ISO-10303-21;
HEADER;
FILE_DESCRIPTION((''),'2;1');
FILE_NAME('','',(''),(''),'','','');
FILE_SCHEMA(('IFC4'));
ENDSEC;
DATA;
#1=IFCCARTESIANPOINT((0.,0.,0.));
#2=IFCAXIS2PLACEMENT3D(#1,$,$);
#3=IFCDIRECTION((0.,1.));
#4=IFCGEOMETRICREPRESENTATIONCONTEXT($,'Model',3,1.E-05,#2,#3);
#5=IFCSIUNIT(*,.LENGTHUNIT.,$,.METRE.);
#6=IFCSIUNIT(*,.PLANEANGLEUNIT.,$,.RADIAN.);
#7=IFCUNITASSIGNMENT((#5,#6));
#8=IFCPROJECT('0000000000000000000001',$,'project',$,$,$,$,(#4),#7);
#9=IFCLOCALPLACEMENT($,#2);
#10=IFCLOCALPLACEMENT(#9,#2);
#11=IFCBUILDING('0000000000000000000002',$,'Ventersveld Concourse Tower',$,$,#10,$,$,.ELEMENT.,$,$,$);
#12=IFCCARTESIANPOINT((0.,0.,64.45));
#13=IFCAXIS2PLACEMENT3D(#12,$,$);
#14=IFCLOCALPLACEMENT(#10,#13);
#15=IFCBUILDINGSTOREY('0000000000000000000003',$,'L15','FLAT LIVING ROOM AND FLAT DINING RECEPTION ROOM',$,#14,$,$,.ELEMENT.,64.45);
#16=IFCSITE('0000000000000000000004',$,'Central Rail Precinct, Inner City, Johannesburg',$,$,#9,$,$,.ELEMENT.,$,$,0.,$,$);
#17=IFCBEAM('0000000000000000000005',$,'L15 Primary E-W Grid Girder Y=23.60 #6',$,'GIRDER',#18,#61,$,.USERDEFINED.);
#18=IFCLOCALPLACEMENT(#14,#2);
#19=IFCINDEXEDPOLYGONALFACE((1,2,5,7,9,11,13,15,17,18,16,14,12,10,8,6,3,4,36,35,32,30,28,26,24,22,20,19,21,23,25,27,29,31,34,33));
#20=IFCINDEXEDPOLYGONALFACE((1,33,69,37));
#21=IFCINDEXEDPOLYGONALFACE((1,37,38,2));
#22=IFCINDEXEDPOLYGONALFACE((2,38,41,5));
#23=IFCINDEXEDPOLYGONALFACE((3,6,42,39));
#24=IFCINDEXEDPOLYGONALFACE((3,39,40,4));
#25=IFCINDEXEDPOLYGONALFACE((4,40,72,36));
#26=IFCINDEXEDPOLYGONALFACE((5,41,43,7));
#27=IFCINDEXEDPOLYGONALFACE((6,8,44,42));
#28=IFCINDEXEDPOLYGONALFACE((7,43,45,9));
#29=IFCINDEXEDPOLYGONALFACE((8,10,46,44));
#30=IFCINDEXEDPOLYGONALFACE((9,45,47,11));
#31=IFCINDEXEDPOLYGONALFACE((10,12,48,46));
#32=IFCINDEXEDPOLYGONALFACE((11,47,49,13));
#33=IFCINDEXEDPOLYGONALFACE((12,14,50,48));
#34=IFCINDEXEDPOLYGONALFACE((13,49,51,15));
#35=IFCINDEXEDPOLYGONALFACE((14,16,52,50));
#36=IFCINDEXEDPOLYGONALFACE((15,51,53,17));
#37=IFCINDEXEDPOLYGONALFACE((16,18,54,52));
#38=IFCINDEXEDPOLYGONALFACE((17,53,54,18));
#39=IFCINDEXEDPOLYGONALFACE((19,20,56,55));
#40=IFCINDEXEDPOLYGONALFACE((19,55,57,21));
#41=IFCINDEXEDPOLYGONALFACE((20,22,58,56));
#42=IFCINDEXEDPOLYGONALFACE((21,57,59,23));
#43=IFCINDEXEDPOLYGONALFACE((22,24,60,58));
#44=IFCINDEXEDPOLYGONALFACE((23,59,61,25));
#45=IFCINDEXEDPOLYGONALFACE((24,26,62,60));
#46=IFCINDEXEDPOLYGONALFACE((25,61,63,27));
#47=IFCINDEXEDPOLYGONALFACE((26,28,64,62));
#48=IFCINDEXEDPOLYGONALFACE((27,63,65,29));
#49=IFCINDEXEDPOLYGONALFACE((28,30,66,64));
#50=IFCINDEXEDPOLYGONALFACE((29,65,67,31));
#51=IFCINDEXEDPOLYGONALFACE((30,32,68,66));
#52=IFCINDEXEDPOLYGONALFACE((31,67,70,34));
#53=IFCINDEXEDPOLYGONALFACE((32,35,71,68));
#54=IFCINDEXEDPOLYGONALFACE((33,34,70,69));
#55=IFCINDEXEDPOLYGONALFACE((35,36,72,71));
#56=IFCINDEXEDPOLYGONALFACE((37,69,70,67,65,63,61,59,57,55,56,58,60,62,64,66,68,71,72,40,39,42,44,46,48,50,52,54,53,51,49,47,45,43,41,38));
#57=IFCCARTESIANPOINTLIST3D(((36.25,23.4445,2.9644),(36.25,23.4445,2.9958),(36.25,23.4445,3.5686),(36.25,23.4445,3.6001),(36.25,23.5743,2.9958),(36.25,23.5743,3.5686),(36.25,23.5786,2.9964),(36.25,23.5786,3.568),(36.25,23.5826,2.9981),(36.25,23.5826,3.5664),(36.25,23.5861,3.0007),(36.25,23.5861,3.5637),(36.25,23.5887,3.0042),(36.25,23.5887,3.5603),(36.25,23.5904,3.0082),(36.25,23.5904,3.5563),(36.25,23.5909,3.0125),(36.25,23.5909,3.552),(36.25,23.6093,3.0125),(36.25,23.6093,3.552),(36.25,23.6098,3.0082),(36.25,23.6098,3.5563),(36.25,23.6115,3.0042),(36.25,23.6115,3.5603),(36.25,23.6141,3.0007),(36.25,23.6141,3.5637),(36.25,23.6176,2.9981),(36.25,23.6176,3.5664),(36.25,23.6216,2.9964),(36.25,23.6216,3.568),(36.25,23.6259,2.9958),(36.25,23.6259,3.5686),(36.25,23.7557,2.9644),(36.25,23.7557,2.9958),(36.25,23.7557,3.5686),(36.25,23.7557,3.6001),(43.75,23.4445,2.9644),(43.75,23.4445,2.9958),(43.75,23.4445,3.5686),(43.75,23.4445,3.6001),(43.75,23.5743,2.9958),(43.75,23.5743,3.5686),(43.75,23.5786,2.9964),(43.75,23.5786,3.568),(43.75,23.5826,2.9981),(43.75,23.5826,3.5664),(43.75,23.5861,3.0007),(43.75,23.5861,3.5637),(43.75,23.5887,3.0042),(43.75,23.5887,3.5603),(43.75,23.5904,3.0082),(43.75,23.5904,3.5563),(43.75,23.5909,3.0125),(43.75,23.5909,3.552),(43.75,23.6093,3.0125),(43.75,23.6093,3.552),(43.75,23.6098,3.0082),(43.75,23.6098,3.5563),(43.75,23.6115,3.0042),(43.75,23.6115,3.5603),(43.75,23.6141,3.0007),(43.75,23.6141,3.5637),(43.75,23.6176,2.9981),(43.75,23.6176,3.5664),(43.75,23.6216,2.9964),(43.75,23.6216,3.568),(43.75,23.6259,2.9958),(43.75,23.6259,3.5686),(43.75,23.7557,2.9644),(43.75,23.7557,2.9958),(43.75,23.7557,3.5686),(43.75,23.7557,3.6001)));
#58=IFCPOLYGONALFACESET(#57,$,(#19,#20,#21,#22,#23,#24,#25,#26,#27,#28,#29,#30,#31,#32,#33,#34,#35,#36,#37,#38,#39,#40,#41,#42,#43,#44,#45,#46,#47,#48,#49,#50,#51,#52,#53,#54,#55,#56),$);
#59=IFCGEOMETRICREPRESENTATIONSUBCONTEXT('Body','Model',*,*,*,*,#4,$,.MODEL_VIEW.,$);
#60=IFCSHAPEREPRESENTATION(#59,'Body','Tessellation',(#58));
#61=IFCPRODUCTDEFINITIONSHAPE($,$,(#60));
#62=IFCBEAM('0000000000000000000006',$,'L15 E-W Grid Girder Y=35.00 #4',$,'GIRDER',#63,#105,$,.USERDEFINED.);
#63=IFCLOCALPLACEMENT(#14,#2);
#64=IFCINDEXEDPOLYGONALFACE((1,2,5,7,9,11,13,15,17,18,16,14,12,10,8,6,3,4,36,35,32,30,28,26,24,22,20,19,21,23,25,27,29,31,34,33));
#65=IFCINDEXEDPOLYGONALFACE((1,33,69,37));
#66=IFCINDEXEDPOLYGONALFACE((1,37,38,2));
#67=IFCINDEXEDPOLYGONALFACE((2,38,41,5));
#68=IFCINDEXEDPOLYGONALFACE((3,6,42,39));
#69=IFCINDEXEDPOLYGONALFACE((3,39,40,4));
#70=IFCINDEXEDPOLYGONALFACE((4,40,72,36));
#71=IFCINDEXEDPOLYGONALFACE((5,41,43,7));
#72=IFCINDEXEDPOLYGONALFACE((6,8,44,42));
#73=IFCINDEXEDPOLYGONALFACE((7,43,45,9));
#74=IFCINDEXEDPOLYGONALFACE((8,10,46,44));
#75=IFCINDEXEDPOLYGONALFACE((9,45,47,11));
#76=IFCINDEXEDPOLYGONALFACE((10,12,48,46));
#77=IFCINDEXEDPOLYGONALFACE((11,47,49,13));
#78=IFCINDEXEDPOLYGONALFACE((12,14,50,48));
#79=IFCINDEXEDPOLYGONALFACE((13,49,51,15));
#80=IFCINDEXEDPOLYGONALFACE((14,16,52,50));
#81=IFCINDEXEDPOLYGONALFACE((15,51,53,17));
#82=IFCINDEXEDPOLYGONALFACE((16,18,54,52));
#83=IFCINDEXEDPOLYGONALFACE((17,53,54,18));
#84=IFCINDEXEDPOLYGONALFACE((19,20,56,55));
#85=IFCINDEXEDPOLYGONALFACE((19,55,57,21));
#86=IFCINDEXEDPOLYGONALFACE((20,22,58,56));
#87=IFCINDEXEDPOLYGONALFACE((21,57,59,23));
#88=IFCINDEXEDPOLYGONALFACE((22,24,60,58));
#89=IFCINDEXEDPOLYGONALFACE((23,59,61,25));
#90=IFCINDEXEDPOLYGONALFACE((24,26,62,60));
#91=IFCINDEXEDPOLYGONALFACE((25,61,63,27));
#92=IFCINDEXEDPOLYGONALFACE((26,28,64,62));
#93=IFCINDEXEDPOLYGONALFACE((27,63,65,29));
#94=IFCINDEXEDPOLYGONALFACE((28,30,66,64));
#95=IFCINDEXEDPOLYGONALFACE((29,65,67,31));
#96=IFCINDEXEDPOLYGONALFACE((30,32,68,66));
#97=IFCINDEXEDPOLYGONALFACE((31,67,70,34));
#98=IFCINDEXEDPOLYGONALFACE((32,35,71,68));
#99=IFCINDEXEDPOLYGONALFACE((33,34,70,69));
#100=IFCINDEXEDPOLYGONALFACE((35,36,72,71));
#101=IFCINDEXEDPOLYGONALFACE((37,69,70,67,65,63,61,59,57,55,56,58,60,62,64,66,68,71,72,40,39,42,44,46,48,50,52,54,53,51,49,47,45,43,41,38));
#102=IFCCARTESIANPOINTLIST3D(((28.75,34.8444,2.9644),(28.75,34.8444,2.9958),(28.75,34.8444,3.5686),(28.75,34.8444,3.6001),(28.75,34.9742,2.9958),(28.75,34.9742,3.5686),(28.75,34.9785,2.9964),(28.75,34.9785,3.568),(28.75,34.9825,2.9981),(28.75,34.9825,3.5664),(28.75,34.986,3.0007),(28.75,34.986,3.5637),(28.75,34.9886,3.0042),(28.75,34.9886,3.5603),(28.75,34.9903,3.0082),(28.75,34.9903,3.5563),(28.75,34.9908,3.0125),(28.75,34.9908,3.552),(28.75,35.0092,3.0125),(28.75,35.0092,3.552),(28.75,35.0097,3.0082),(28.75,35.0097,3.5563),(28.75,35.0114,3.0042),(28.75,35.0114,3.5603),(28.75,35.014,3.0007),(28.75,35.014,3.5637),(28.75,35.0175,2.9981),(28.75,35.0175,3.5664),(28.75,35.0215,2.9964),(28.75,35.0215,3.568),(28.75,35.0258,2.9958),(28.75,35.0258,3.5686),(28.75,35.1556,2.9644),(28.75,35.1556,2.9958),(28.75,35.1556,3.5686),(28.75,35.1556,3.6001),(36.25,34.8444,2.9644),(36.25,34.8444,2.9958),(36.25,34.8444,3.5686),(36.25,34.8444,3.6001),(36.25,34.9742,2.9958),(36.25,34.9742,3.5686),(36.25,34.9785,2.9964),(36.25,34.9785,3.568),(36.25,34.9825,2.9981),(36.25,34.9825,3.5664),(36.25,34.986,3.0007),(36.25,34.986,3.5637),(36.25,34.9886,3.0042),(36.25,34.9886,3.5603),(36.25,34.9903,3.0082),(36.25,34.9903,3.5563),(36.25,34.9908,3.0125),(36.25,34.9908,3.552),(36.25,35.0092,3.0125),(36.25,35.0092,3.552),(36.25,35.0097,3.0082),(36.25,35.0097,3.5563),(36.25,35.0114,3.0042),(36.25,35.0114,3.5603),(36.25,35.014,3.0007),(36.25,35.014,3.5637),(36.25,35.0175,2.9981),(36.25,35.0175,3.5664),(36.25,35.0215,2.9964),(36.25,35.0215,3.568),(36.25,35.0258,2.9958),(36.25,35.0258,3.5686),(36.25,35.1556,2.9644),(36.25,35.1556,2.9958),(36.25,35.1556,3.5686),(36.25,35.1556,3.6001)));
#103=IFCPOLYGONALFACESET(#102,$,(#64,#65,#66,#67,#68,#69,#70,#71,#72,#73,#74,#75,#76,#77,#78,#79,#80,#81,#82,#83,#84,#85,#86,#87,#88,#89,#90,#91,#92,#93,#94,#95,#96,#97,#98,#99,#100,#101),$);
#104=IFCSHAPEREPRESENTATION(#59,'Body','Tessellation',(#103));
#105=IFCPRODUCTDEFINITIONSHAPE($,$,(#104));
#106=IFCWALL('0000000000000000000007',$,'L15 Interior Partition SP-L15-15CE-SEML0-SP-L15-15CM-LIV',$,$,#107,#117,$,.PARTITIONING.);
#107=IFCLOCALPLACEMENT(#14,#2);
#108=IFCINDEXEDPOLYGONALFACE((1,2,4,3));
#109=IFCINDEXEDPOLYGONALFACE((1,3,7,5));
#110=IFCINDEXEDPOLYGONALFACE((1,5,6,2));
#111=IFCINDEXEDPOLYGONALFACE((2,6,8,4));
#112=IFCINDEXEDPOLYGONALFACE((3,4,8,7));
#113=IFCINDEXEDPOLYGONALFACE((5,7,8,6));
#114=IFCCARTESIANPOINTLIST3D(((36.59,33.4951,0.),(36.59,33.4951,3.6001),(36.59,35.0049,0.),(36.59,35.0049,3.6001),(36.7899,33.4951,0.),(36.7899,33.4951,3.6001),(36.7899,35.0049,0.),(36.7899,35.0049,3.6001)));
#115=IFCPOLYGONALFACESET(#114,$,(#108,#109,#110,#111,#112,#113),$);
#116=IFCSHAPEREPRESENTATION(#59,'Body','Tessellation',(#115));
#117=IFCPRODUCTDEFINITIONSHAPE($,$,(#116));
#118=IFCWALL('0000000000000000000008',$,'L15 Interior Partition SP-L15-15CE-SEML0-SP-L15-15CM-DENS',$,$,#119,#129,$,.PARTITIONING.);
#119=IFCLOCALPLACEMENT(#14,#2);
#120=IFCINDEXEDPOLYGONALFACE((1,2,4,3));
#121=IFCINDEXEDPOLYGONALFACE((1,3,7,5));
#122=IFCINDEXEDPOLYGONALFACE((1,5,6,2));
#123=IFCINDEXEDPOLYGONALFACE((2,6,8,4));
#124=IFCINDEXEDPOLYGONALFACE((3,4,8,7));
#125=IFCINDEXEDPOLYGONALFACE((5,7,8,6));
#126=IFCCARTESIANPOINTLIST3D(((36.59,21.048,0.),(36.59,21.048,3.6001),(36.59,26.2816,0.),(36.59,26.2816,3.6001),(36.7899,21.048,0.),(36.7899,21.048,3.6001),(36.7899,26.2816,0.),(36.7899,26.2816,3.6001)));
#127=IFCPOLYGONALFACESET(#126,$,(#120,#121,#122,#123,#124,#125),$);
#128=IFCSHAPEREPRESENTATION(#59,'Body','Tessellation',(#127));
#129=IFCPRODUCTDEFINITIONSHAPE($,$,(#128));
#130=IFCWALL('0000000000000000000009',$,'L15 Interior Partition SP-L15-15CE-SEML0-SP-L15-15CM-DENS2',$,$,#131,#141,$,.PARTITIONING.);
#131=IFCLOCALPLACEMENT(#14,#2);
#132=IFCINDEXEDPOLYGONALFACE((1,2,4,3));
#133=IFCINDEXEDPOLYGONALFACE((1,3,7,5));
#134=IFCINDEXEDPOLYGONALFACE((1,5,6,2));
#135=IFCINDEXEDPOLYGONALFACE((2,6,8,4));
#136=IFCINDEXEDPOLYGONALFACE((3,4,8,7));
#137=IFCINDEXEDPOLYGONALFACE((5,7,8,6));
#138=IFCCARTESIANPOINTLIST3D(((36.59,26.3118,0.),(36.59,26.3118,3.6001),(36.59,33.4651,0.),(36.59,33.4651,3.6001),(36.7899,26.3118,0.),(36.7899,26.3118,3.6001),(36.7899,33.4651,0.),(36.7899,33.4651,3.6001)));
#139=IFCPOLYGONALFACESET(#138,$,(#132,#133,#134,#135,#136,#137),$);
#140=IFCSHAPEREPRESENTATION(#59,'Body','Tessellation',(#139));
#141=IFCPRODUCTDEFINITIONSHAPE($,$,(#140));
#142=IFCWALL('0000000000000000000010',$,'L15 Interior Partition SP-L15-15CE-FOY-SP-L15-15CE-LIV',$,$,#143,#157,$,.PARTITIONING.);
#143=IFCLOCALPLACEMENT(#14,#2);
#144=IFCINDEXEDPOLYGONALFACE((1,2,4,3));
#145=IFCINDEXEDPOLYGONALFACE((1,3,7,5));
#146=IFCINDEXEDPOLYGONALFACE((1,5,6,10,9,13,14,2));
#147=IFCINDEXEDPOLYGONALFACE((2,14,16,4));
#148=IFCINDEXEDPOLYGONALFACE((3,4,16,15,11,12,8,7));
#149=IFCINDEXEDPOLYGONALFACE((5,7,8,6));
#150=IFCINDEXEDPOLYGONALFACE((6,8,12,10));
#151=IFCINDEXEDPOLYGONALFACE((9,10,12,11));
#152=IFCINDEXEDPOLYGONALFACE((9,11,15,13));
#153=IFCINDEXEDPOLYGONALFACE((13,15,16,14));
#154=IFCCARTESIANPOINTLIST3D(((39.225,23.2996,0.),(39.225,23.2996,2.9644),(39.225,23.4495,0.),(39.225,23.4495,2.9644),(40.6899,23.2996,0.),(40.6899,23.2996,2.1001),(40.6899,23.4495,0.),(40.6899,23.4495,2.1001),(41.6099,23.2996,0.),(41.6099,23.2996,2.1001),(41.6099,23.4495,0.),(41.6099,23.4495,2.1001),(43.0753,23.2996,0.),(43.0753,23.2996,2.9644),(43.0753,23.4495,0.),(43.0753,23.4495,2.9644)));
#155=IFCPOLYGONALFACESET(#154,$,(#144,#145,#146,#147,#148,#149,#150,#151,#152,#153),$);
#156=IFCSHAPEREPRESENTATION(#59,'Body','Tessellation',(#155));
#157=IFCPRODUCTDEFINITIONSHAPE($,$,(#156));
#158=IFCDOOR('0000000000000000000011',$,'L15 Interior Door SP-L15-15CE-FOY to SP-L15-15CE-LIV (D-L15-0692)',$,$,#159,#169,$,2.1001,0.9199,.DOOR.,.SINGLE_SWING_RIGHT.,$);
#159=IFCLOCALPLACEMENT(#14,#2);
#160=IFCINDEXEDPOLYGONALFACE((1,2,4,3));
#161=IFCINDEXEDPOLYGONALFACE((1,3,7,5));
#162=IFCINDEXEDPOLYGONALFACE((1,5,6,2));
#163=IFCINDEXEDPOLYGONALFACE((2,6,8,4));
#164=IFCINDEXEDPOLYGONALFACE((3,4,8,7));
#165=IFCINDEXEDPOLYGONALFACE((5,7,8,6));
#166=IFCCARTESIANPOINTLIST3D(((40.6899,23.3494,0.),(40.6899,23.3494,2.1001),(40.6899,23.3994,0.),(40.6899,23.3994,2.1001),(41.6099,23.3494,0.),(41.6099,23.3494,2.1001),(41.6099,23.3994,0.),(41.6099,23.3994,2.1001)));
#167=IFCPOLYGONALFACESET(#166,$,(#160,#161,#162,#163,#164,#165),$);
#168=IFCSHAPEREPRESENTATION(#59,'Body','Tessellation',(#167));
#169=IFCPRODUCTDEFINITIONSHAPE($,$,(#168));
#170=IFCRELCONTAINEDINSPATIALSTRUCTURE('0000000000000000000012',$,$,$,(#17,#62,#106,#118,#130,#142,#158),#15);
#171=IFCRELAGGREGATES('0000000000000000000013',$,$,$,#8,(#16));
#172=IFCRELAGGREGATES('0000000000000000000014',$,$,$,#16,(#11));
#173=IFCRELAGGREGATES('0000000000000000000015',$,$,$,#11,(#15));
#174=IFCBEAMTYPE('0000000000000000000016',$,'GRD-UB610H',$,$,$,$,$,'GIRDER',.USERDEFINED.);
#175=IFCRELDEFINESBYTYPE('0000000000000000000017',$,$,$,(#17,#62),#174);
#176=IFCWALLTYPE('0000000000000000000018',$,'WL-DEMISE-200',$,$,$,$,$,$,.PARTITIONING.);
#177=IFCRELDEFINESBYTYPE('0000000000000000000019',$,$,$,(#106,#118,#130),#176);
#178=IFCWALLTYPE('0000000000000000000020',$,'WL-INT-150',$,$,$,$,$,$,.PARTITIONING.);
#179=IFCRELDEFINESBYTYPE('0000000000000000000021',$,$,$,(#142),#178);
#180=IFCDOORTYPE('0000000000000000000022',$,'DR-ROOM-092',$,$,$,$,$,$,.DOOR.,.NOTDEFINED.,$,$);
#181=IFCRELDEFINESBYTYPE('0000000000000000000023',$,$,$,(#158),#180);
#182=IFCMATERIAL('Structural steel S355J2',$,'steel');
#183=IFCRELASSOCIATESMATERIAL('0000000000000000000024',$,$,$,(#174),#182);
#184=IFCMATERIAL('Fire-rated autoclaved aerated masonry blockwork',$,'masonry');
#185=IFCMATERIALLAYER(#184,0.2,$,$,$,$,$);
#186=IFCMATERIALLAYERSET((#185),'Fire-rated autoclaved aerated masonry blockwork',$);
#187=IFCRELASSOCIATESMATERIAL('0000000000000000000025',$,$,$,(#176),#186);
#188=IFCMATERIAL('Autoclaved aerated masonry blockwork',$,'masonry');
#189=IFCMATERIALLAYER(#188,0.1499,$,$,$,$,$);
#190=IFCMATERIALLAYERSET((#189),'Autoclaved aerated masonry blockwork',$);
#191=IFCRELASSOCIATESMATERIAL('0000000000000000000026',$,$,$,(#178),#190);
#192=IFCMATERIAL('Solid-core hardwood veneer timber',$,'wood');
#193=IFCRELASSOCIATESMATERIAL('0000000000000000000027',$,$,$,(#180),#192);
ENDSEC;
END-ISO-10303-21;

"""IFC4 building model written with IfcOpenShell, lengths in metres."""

from ifc_helpers import new_model, si_unit, direction, frame, frame_2d, origin, origin_2d, place, context, subcontext, project, spatial, rectangle, i_section, extrude, material, layer, layer_set, material_profile, profile_set, type_object, element, fill, save


model = new_model("IFC4")

# Units and contexts
model_context = context("Model", 3, precision=1e-05, world=origin(), true_north=direction((0.0, 1.0)))
body_context = subcontext(model_context, "Body", "Model", "MODEL_VIEW")
ifc_project = project(units=[si_unit("LENGTHUNIT", "METRE"), si_unit("PLANEANGLEUNIT", "RADIAN")], contexts=[model_context])

# Site, building, storey
site_placement = place(None, origin())
site = spatial("IfcSite", under=ifc_project, at=site_placement, Name="Central Rail Precinct, Inner City, Johannesburg", CompositionType="ELEMENT", RefElevation=0.0)
building_placement = place(site_placement, origin())
building = spatial("IfcBuilding", under=site, at=building_placement, Name="Ventersveld Concourse Tower", CompositionType="ELEMENT")
storey_placement = place(building_placement, frame((0.0, 0.0, 64.45)))
storey = spatial("IfcBuildingStorey", under=building, at=storey_placement, Name="L15", Description="FLAT LIVING ROOM AND FLAT DINING RECEPTION ROOM", CompositionType="ELEMENT", Elevation=64.45)

# Beams
ifc_material_1 = material(Name="Structural steel S355J2", Category="steel")
ifc_material_profile_1 = material_profile(ifc_material_1, i_section(OverallWidth=0.3113, OverallDepth=0.6357, WebThickness=0.0183, FlangeThickness=0.0315, FilletRadius=0.0166, at=origin_2d()), Name="UB 610x305x238")
ifc_profile_set_1 = profile_set([ifc_material_profile_1], Name="Structural steel S355J2")
beam_type_1 = type_object("IfcBeamType", Name="GRD-UB610H", ElementType="GIRDER", PredefinedType="USERDEFINED", material=ifc_profile_set_1)
for number, where, z_axis, x_axis, name in (
    (1, (36.25, 23.6001, 3.2822), (1.0, 0.0, 0.0), (0.0, 1.0, 0.0), "L15 Primary E-W Grid Girder Y=23.60 #6"),
    (2, (28.75, 35.0, 3.2822), (1.0, 0.0, 0.0), (0.0, 1.0, 0.0), "L15 E-W Grid Girder Y=35.00 #4"),
):
    element("IfcBeam", number, at=place(storey_placement, frame(where, z_axis=z_axis, x_axis=x_axis)), inside=storey, type_object=beam_type_1, Name=name, ObjectType="GIRDER", PredefinedType="USERDEFINED", context=body_context, shape_type="SweptSolid", body=[
        extrude(i_section(OverallWidth=0.3113, OverallDepth=0.6357, WebThickness=0.0183, FlangeThickness=0.0315, FilletRadius=0.0166, at=origin_2d()), origin(), (0.0, 0.0, 1.0), 7.5),
    ])

# Walls
ifc_material_2 = material(Name="Fire-rated autoclaved aerated masonry blockwork", Category="masonry")
ifc_layer_1 = layer(ifc_material_2, 0.2)
ifc_layer_set_1 = layer_set([ifc_layer_1], Name="Fire-rated autoclaved aerated masonry blockwork")
wall_type_1 = type_object("IfcWallType", Name="WL-DEMISE-200", PredefinedType="PARTITIONING", material=ifc_layer_set_1)
wall_1_placement = place(storey_placement, frame((36.6899, 33.4951, 0.0), z_axis=(0.0, 0.0, 1.0), x_axis=(0.0, 1.0, 0.0)))
element("IfcWall", 3, at=wall_1_placement, inside=storey, type_object=wall_type_1, Name="L15 Interior Partition SP-L15-15CE-SEML0-SP-L15-15CM-LIV", PredefinedType="PARTITIONING", context=body_context, shape_type="SweptSolid", body=[
    extrude(rectangle(XDim=1.5098, YDim=0.2, at=frame_2d((0.7549, 0.0))), origin(), (0.0, 0.0, 1.0), 3.6001),
])
wall_2_placement = place(storey_placement, frame((36.6899, 21.0481, 0.0), z_axis=(0.0, 0.0, 1.0), x_axis=(0.0, 1.0, 0.0)))
element("IfcWall", 4, at=wall_2_placement, inside=storey, type_object=wall_type_1, Name="L15 Interior Partition SP-L15-15CE-SEML0-SP-L15-15CM-DENS", PredefinedType="PARTITIONING", context=body_context, shape_type="SweptSolid", body=[
    extrude(rectangle(XDim=5.2336, YDim=0.2, at=frame_2d((2.6167, 0.0))), origin(), (0.0, 0.0, 1.0), 3.6001),
])
wall_3_placement = place(storey_placement, frame((36.6899, 26.3118, 0.0), z_axis=(0.0, 0.0, 1.0), x_axis=(0.0, 1.0, 0.0)))
element("IfcWall", 5, at=wall_3_placement, inside=storey, type_object=wall_type_1, Name="L15 Interior Partition SP-L15-15CE-SEML0-SP-L15-15CM-DENS2", PredefinedType="PARTITIONING", context=body_context, shape_type="SweptSolid", body=[
    extrude(rectangle(XDim=7.1533, YDim=0.2, at=frame_2d((3.5767, 0.0))), origin(), (0.0, 0.0, 1.0), 3.6001),
])

# Wall, opening, door
ifc_material_3 = material(Name="Autoclaved aerated masonry blockwork", Category="masonry")
ifc_layer_2 = layer(ifc_material_3, 0.1499)
ifc_layer_set_2 = layer_set([ifc_layer_2], Name="Autoclaved aerated masonry blockwork")
wall_type_2 = type_object("IfcWallType", Name="WL-INT-150", PredefinedType="PARTITIONING", material=ifc_layer_set_2)
wall_4_placement = place(storey_placement, frame((39.2249, 23.3745, 0.0), z_axis=(0.0, 0.0, 1.0), x_axis=(1.0, 0.0, 0.0)))
wall_4 = element("IfcWall", 6, at=wall_4_placement, inside=storey, type_object=wall_type_2, Name="L15 Interior Partition SP-L15-15CE-FOY-SP-L15-15CE-LIV", PredefinedType="PARTITIONING", context=body_context, shape_type="SweptSolid", body=[
    extrude(rectangle(XDim=3.8503, YDim=0.1499, at=frame_2d((1.9253, 0.0))), origin(), (0.0, 0.0, 1.0), 2.9644),
])
opening_1_placement = place(wall_4_placement, frame((1.4651, 0.0, 0.0)))
opening_1 = element("IfcOpeningElement", 7, at=opening_1_placement, cuts=wall_4, PredefinedType="OPENING", context=body_context, shape_type="SweptSolid", body=[
    extrude(rectangle(XDim=0.9199, YDim=2.1001, at=frame_2d((0.46, 1.05))), frame((0.0, 0.085, 0.0), z_axis=(0.0, -1.0, 0.0), x_axis=(1.0, 0.0, 0.0)), (0.0, 0.0, 1.0), 0.1699),
])
ifc_material_4 = material(Name="Solid-core hardwood veneer timber", Category="wood")
door_type = type_object("IfcDoorType", Name="DR-ROOM-092", OperationType="NOTDEFINED", PredefinedType="DOOR", material=ifc_material_4)
door_1_placement = place(opening_1_placement, origin())
door_1 = element("IfcDoor", 8, at=door_1_placement, inside=storey, type_object=door_type, Name="L15 Interior Door SP-L15-15CE-FOY to SP-L15-15CE-LIV (D-L15-0692)", OperationType="SINGLE_SWING_RIGHT", OverallHeight=2.1001, OverallWidth=0.9199, PredefinedType="DOOR", context=body_context, shape_type="SweptSolid", body=[
    extrude(rectangle(XDim=0.9199, YDim=2.1001, at=frame_2d((0.46, 1.05))), frame((0.0, 0.0249, 0.0), z_axis=(0.0, -1.0, 0.0), x_axis=(1.0, 0.0, 0.0)), (0.0, 0.0, 1.0), 0.05),
])
fill(opening_1, door_1)

save(model, "model.ifc")
